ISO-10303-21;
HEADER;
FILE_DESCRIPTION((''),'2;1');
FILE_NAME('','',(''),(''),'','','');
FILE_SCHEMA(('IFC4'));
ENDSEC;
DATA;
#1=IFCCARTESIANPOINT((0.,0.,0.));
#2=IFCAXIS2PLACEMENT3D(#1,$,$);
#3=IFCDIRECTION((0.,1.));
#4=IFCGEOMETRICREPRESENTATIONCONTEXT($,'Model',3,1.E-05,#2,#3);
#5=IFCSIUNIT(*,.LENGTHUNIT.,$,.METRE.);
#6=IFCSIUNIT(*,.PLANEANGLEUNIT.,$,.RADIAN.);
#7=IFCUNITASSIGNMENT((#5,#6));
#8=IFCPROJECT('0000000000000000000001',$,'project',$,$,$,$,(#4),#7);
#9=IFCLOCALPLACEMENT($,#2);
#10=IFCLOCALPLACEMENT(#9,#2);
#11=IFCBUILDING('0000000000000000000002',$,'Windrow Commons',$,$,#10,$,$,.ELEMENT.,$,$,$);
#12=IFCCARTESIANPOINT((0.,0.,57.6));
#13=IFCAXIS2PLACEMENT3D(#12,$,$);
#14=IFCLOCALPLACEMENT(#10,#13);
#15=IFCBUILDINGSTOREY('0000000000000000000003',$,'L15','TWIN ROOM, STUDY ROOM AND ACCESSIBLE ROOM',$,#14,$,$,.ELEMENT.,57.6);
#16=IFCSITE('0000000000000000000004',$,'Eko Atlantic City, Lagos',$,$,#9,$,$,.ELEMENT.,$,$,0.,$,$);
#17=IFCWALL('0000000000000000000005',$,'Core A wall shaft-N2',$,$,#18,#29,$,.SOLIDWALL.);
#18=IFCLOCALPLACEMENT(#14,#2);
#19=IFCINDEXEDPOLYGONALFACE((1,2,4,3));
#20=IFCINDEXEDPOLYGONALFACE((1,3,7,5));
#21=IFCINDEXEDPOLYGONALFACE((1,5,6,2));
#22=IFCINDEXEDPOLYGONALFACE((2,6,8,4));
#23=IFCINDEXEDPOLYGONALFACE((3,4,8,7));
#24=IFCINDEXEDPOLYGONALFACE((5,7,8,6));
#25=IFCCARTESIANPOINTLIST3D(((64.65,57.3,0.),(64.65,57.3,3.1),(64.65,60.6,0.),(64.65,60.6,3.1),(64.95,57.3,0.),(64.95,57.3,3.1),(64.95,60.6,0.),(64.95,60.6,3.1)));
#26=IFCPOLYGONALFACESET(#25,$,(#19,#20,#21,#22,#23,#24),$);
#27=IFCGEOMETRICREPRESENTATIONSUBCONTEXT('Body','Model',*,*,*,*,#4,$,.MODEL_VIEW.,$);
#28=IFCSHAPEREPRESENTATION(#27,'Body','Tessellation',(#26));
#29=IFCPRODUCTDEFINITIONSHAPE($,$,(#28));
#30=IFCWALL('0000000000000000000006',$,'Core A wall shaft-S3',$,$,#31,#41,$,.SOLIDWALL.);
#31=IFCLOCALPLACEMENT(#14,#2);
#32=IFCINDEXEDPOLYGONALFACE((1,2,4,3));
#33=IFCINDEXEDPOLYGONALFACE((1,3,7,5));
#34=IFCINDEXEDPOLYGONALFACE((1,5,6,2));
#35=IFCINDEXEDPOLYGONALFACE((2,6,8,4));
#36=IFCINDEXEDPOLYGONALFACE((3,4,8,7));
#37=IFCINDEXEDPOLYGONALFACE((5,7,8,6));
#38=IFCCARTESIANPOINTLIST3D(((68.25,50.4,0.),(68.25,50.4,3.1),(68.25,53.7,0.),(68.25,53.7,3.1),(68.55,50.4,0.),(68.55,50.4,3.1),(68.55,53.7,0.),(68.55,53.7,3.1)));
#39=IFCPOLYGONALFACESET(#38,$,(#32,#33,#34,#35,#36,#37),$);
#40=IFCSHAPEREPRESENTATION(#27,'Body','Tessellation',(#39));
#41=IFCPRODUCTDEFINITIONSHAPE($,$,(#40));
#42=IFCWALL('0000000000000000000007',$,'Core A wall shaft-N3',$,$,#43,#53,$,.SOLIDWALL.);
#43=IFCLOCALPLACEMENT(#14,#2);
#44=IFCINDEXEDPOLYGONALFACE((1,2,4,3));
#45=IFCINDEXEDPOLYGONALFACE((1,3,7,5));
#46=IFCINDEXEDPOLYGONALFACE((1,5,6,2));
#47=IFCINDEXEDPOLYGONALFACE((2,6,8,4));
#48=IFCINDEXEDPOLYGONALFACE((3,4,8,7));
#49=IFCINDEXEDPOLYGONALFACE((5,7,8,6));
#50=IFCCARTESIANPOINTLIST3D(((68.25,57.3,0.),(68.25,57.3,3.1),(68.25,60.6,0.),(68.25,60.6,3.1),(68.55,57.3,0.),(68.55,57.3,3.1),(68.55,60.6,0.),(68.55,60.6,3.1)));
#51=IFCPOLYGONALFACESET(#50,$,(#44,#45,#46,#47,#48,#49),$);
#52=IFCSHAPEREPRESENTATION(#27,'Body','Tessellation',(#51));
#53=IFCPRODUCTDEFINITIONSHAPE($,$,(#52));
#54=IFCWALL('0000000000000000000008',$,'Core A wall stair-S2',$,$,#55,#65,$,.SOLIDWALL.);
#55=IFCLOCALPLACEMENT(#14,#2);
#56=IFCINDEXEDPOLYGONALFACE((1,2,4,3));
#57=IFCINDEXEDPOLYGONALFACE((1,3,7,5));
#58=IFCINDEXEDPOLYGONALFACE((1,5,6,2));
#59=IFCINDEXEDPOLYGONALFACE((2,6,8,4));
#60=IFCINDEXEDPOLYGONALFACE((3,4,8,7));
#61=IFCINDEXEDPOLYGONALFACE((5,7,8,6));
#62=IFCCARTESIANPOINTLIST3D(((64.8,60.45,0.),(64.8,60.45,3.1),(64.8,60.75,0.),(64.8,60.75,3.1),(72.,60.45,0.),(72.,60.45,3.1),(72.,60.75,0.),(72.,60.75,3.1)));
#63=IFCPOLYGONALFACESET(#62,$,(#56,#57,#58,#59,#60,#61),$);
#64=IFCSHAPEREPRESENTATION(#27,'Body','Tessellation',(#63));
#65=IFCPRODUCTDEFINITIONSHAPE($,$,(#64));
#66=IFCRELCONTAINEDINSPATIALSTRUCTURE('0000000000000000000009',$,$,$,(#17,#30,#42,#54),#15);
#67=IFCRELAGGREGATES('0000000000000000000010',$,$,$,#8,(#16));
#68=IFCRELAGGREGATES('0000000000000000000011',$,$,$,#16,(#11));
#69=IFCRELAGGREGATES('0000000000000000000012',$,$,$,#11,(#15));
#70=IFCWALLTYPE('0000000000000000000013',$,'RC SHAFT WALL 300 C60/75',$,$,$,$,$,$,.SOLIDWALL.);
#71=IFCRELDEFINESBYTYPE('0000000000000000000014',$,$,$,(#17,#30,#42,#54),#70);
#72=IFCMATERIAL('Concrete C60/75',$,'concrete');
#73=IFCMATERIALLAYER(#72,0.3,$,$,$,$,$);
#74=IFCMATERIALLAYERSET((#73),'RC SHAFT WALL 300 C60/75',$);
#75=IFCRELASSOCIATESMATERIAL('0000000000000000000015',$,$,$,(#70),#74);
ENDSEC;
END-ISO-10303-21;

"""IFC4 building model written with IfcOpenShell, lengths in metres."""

from ifc_helpers import new_model, si_unit, direction, frame, frame_2d, origin, place, context, subcontext, project, spatial, rectangle, extrude, material, layer, layer_set, type_object, element, save


model = new_model("IFC4")

# Units and contexts
model_context = context("Model", 3, precision=1e-05, world=origin(), true_north=direction((0.0, 1.0)))
body_context = subcontext(model_context, "Body", "Model", "MODEL_VIEW")
ifc_project = project(units=[si_unit("LENGTHUNIT", "METRE"), si_unit("PLANEANGLEUNIT", "RADIAN")], contexts=[model_context])

# Site, building, storey
site_placement = place(None, origin())
site = spatial("IfcSite", under=ifc_project, at=site_placement, Name="Eko Atlantic City, Lagos", CompositionType="ELEMENT", RefElevation=0.0)
building_placement = place(site_placement, origin())
building = spatial("IfcBuilding", under=site, at=building_placement, Name="Windrow Commons", CompositionType="ELEMENT")
storey_placement = place(building_placement, frame((0.0, 0.0, 57.6)))
storey = spatial("IfcBuildingStorey", under=building, at=storey_placement, Name="L15", Description="TWIN ROOM, STUDY ROOM AND ACCESSIBLE ROOM", CompositionType="ELEMENT", Elevation=57.6)

# Walls
ifc_material_1 = material(Name="Concrete C60/75", Category="concrete")
ifc_layer_1 = layer(ifc_material_1, 0.3)
ifc_layer_set_1 = layer_set([ifc_layer_1], Name="RC SHAFT WALL 300 C60/75")
wall_type_1 = type_object("IfcWallType", Name="RC SHAFT WALL 300 C60/75", PredefinedType="SOLIDWALL", material=ifc_layer_set_1)
for number, where, z_axis, x_axis, name in (
    (1, (64.8, 57.3, 0.0), (0.0, 0.0, 1.0), (0.0, 1.0, 0.0), "Core A wall shaft-N2"),
    (2, (68.4, 50.4, 0.0), (0.0, 0.0, 1.0), (0.0, 1.0, 0.0), "Core A wall shaft-S3"),
    (3, (68.4, 57.3, 0.0), (0.0, 0.0, 1.0), (0.0, 1.0, 0.0), "Core A wall shaft-N3"),
):
    element("IfcWall", number, at=place(storey_placement, frame(where, z_axis=z_axis, x_axis=x_axis)), inside=storey, type_object=wall_type_1, Name=name, PredefinedType="SOLIDWALL", context=body_context, shape_type="SweptSolid", body=[
        extrude(rectangle(XDim=3.3, YDim=0.3, at=frame_2d((1.65, 0.0))), origin(), (0.0, 0.0, 1.0), 3.1),
    ])
wall_1_placement = place(storey_placement, frame((64.8, 60.6, 0.0), z_axis=(0.0, 0.0, 1.0), x_axis=(1.0, 0.0, 0.0)))
element("IfcWall", 4, at=wall_1_placement, inside=storey, type_object=wall_type_1, Name="Core A wall stair-S2", PredefinedType="SOLIDWALL", context=body_context, shape_type="SweptSolid", body=[
    extrude(rectangle(XDim=7.2, YDim=0.3, at=frame_2d((3.6, 0.0))), origin(), (0.0, 0.0, 1.0), 3.1),
])

save(model, "model.ifc")
